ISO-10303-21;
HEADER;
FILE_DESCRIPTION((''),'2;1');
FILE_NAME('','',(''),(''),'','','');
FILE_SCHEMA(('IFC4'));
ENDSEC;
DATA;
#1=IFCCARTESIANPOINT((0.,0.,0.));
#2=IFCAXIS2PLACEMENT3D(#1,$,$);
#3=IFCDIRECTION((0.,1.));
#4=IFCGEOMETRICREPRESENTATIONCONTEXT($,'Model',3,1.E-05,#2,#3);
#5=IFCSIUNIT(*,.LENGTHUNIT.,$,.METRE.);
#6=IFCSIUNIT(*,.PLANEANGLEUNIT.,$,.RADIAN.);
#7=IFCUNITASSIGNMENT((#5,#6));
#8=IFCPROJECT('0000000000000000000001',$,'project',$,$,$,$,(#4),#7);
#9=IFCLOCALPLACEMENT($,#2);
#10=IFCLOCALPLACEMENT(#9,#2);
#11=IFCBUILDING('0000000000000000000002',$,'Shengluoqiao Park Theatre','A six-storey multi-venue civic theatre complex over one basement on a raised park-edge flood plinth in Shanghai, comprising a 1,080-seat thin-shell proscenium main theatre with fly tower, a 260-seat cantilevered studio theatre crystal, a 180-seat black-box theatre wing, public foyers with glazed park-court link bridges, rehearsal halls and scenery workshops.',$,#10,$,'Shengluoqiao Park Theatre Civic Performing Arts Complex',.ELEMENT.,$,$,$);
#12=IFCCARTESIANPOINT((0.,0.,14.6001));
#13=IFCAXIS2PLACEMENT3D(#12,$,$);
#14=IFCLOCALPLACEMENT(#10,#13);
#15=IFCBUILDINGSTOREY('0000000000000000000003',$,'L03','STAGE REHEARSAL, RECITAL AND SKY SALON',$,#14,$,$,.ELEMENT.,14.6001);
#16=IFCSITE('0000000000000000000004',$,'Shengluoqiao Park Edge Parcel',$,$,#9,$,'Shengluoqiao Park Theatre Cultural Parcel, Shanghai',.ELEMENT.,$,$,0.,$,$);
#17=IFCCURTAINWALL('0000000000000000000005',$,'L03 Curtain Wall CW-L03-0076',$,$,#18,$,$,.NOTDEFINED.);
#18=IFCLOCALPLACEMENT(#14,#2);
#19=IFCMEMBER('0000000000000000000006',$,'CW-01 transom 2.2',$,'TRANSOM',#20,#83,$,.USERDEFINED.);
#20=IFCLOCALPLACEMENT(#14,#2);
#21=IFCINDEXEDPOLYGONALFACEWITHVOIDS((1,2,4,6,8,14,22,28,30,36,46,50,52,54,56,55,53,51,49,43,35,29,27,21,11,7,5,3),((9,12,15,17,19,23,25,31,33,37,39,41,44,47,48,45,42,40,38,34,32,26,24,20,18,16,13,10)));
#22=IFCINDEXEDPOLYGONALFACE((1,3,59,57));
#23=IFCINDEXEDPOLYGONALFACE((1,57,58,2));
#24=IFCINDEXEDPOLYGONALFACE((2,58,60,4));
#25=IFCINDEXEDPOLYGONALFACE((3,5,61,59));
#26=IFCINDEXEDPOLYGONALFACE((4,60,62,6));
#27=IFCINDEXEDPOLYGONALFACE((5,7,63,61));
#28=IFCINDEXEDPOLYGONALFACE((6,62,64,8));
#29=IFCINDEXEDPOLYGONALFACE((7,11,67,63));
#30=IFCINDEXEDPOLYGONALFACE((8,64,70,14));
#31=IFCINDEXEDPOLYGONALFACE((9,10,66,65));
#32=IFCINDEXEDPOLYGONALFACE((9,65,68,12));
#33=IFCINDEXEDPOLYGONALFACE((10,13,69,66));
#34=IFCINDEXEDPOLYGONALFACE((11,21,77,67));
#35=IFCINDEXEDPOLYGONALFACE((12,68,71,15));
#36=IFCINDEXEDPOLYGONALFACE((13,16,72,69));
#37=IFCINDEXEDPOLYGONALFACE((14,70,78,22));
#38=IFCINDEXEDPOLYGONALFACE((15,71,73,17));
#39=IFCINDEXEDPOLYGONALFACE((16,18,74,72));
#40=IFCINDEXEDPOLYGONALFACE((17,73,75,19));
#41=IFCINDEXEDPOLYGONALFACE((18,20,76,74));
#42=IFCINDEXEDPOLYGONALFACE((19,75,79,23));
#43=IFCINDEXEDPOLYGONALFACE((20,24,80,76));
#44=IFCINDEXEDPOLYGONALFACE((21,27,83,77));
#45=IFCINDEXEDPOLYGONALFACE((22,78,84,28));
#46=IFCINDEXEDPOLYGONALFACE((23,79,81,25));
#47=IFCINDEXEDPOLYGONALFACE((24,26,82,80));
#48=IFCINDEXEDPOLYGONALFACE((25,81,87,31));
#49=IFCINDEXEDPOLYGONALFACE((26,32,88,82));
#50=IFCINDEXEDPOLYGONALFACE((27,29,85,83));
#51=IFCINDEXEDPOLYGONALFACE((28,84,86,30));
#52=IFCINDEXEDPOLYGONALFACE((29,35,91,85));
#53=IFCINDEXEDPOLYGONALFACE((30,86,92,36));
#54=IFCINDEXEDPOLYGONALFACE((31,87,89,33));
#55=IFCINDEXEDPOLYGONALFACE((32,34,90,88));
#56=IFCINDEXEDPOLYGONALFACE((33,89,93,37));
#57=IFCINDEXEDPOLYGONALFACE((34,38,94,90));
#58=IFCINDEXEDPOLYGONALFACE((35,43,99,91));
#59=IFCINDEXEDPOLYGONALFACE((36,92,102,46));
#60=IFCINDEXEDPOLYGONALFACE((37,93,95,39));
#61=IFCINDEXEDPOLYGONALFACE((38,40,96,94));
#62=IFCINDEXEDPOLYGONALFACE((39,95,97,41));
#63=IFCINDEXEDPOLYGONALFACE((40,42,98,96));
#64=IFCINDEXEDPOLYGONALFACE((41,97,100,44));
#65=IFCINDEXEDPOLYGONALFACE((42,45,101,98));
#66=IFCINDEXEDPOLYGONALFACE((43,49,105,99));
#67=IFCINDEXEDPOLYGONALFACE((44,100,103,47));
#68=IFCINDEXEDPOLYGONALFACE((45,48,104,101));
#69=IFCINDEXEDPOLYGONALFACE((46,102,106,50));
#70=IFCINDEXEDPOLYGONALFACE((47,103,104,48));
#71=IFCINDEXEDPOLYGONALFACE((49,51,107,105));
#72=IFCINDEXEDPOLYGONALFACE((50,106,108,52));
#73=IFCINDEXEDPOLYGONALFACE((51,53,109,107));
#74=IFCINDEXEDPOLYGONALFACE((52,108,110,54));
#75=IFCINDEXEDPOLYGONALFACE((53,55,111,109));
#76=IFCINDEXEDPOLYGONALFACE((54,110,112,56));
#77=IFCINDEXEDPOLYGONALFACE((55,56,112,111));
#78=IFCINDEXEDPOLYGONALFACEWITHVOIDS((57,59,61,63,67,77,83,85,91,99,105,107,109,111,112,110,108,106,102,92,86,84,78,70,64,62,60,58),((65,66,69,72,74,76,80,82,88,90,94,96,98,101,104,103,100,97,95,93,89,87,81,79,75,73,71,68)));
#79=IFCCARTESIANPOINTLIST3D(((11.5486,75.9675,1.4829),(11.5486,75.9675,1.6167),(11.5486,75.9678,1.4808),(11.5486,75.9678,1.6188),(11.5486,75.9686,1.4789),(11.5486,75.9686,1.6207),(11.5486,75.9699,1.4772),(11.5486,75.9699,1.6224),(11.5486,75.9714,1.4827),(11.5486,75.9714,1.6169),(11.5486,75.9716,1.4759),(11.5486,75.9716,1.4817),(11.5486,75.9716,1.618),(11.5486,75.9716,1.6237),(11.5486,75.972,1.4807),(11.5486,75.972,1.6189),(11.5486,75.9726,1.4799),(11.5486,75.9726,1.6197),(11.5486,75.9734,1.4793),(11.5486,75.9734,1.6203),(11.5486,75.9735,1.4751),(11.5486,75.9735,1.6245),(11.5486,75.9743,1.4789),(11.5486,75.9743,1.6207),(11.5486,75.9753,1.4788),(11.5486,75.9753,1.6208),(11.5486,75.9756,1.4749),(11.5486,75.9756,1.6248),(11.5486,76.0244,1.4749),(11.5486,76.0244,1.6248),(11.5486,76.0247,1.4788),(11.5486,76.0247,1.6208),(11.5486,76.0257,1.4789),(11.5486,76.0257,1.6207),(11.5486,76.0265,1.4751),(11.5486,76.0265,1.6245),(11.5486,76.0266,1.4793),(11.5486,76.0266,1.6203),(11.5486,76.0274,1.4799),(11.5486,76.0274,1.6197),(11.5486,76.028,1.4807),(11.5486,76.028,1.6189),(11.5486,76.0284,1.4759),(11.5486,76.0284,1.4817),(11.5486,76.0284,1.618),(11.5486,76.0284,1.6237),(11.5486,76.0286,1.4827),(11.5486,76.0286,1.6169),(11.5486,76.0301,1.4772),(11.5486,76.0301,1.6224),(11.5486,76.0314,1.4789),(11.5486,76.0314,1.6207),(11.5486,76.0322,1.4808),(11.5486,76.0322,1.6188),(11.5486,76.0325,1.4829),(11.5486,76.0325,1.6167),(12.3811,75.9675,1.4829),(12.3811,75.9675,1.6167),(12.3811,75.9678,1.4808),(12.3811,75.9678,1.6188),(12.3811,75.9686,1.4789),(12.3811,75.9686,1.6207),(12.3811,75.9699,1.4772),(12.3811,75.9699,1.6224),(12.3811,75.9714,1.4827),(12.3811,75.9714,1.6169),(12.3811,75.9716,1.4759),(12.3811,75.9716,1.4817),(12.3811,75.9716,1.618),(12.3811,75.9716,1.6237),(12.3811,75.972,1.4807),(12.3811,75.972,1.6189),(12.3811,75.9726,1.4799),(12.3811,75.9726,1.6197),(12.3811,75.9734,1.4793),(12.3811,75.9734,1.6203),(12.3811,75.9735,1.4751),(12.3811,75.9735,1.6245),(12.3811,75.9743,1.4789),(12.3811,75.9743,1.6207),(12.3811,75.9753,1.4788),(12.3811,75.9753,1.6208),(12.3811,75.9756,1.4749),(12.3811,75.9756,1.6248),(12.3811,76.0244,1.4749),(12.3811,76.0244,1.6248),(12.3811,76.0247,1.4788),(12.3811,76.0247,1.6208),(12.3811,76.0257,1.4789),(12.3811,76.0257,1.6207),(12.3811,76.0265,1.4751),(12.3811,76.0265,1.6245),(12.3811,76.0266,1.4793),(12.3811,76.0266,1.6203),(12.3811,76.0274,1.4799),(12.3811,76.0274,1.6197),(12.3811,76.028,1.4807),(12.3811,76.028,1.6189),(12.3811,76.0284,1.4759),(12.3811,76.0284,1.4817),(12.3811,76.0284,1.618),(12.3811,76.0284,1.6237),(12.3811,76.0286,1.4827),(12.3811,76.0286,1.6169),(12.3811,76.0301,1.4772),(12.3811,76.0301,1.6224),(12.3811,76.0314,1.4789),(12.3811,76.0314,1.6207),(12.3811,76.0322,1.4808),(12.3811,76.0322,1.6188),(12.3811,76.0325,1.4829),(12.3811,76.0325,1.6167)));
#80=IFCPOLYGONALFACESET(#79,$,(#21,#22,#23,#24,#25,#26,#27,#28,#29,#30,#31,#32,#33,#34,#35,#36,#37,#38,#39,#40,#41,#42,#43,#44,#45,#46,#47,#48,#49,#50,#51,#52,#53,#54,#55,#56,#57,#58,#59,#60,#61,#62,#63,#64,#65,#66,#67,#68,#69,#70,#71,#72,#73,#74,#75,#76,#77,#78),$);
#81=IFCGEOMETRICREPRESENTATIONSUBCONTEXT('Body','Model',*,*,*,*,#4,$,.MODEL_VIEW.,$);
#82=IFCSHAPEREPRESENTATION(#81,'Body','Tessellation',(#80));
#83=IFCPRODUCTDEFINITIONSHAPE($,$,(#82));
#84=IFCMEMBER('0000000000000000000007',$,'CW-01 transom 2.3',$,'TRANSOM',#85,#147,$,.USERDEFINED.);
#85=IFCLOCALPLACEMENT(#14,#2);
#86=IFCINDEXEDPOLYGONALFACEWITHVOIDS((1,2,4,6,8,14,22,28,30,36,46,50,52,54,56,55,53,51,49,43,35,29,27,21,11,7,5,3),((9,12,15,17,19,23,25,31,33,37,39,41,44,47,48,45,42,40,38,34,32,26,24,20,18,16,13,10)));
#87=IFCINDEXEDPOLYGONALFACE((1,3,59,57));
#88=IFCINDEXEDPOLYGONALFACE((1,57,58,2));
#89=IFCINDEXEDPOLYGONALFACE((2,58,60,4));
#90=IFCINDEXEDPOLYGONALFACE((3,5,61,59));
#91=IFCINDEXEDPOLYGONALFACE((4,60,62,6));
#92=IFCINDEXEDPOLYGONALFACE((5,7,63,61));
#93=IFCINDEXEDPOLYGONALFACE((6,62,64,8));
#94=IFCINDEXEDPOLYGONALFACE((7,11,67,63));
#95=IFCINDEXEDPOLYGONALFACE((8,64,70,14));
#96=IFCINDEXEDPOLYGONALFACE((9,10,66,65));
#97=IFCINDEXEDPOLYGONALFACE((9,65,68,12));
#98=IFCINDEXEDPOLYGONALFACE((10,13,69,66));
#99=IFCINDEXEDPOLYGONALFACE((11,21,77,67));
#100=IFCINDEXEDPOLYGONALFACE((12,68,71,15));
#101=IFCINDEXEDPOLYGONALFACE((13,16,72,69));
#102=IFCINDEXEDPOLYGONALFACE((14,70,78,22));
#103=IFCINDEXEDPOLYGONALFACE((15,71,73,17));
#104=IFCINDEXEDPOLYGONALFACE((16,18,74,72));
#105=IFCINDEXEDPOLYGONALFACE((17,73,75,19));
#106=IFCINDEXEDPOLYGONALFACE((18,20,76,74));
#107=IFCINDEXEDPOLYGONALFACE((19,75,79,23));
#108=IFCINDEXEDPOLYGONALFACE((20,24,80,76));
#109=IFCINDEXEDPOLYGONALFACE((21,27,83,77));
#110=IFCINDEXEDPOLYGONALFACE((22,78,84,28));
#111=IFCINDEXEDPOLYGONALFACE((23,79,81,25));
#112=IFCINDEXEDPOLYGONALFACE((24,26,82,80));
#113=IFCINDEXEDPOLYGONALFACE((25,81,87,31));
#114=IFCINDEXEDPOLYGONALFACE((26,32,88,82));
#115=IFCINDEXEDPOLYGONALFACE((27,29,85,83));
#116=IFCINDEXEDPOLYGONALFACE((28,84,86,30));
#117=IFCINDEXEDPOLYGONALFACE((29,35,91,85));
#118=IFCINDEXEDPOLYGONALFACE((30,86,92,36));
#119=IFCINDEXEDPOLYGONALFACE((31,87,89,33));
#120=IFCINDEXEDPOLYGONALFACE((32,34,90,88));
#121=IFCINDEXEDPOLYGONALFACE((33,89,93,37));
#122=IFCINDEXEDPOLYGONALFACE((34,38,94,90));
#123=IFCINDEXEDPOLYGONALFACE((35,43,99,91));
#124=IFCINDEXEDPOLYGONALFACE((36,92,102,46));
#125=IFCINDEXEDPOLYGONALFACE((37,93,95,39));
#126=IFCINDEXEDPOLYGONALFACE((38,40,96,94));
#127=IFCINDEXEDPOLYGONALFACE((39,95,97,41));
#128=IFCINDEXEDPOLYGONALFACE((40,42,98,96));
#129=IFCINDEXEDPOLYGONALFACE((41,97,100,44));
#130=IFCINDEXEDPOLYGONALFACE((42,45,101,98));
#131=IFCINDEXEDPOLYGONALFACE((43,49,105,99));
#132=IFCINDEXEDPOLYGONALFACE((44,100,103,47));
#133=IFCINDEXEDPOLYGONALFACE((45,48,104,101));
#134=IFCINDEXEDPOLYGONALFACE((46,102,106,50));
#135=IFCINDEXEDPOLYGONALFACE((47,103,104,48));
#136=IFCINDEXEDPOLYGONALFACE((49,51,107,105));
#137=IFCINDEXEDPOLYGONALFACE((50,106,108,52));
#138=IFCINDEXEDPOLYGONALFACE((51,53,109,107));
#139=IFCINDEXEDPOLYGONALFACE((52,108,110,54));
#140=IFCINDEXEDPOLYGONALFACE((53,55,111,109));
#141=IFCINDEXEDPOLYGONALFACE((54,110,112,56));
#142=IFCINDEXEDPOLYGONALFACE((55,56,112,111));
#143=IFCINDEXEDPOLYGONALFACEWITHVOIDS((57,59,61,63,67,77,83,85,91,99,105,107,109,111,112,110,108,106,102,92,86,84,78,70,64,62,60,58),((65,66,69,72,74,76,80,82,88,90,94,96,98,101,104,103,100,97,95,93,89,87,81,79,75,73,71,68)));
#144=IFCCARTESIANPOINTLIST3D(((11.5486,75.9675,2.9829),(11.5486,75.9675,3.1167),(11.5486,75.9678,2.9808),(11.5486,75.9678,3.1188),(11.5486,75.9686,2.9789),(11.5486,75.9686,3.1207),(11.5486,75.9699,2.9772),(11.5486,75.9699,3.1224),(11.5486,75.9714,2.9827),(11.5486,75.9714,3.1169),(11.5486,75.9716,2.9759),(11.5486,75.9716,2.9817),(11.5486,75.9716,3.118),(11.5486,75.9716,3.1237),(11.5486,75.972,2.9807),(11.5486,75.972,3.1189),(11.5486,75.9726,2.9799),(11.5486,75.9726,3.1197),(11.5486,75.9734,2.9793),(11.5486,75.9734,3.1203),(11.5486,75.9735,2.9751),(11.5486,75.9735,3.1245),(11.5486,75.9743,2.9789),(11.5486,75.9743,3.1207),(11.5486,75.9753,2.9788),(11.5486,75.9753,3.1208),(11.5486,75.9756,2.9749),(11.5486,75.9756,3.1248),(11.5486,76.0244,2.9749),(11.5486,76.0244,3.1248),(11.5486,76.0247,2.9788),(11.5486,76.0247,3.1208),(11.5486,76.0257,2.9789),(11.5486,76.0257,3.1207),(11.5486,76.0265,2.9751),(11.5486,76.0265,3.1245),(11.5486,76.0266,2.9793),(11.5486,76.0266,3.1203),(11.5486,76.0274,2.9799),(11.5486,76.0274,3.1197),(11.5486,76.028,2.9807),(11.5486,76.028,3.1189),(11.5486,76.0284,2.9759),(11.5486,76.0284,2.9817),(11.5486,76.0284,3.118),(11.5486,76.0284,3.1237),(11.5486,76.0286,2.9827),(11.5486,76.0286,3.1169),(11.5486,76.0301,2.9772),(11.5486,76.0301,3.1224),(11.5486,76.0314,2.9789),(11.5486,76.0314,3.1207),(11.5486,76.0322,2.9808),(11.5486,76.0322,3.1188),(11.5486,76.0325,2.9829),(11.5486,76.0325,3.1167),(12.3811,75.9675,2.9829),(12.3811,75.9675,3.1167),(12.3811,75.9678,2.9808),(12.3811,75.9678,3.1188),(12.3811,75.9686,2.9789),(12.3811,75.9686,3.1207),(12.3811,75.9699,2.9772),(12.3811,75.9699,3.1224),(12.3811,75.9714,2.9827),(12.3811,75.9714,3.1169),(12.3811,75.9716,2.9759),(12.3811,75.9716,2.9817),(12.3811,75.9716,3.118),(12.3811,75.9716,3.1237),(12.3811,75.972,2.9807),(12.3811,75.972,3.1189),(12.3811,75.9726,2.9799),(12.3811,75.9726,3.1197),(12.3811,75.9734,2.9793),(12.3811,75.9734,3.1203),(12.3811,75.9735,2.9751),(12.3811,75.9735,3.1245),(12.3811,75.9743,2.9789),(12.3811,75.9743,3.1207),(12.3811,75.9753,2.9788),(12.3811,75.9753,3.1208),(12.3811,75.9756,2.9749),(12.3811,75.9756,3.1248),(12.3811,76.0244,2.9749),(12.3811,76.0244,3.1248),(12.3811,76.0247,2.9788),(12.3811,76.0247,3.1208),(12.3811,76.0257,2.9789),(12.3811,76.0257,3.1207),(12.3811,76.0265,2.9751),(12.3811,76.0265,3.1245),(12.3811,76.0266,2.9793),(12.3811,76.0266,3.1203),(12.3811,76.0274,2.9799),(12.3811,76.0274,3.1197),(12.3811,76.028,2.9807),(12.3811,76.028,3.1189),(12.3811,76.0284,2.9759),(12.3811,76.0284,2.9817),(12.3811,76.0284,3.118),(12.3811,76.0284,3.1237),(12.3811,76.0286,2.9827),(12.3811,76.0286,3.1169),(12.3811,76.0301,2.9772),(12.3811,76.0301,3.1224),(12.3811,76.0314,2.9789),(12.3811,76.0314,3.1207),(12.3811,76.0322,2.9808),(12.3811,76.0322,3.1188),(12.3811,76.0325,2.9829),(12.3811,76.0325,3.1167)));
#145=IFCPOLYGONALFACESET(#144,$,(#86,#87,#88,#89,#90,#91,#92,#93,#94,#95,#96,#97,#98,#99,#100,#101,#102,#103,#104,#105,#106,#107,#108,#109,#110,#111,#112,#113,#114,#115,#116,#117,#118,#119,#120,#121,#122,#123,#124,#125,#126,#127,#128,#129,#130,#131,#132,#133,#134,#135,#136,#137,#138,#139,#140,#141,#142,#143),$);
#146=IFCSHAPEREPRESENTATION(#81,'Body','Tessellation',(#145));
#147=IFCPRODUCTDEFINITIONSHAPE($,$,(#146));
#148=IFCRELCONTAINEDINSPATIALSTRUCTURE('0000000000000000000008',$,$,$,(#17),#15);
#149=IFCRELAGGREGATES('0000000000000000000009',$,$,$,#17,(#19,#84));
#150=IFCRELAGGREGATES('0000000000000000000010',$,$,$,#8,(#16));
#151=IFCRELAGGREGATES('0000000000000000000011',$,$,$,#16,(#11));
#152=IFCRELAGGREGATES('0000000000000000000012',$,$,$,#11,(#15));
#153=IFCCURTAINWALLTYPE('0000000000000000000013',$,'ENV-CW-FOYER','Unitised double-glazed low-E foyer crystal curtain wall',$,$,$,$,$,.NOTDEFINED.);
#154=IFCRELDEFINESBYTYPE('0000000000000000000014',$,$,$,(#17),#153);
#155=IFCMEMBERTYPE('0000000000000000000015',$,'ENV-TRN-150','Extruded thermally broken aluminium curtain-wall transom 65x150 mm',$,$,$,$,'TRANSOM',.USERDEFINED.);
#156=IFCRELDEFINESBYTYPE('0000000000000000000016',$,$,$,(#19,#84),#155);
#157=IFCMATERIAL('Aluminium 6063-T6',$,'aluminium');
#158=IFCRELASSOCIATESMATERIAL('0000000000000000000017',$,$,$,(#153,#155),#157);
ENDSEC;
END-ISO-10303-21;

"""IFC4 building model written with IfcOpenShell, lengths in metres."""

from ifc_helpers import new_model, si_unit, direction, frame, origin, origin_2d, place, context, subcontext, project, spatial, hollow_rectangle, extrude, material, material_profile, profile_set, type_object, element, aggregate, save


model = new_model("IFC4")

# Units and contexts
model_context = context("Model", 3, precision=1e-05, world=origin(), true_north=direction((0.0, 1.0)))
body_context = subcontext(model_context, "Body", "Model", "MODEL_VIEW")
ifc_project = project(units=[si_unit("LENGTHUNIT", "METRE"), si_unit("PLANEANGLEUNIT", "RADIAN")], contexts=[model_context])

# Site, building, storey
site_placement = place(None, origin())
site = spatial("IfcSite", under=ifc_project, at=site_placement, Name="Shengluoqiao Park Edge Parcel", LongName="Shengluoqiao Park Theatre Cultural Parcel, Shanghai", CompositionType="ELEMENT", RefElevation=0.0)
building_placement = place(site_placement, origin())
building = spatial("IfcBuilding", under=site, at=building_placement, Name="Shengluoqiao Park Theatre", Description="A six-storey multi-venue civic theatre complex over one basement on a raised park-edge flood plinth in Shanghai, comprising a 1,080-seat thin-shell proscenium main theatre with fly tower, a 260-seat cantilevered studio theatre crystal, a 180-seat black-box theatre wing, public foyers with glazed park-court link bridges, rehearsal halls and scenery workshops.", LongName="Shengluoqiao Park Theatre Civic Performing Arts Complex", CompositionType="ELEMENT")
storey_placement = place(building_placement, frame((0.0, 0.0, 14.6001)))
storey = spatial("IfcBuildingStorey", under=building, at=storey_placement, Name="L03", Description="STAGE REHEARSAL, RECITAL AND SKY SALON", CompositionType="ELEMENT", Elevation=14.6001)

# Curtain wall
ifc_material_1 = material(Name="Aluminium 6063-T6", Category="aluminium")
curtain_wall_type = type_object("IfcCurtainWallType", Name="ENV-CW-FOYER", Description="Unitised double-glazed low-E foyer crystal curtain wall", PredefinedType="NOTDEFINED", material=ifc_material_1)
curtain_wall_1_placement = place(storey_placement, origin())
curtain_wall_1 = element("IfcCurtainWall", 1, at=curtain_wall_1_placement, inside=storey, type_object=curtain_wall_type, Name="L03 Curtain Wall CW-L03-0076", PredefinedType="NOTDEFINED")

# Members
ifc_material_profile_1 = material_profile(ifc_material_1, hollow_rectangle(XDim=0.0649, YDim=0.1499, WallThickness=0.0039, InnerFilletRadius=0.0039, OuterFilletRadius=0.0081, at=origin_2d()), Name="ALU TRANSOM 150x65x4")
ifc_profile_set_1 = profile_set([ifc_material_profile_1], Name="Aluminium 6063-T6")
member_type_1 = type_object("IfcMemberType", Name="ENV-TRN-150", Description="Extruded thermally broken aluminium curtain-wall transom 65x150 mm", ElementType="TRANSOM", PredefinedType="USERDEFINED", material=ifc_profile_set_1)
member_1_placement = place(storey_placement, frame((11.5486, 76.0, 1.5498), z_axis=(1.0, 0.0, 0.0), x_axis=(0.0, 1.0, 0.0)))
member_1 = element("IfcMember", 2, at=member_1_placement, type_object=member_type_1, Name="CW-01 transom 2.2", ObjectType="TRANSOM", PredefinedType="USERDEFINED", context=body_context, shape_type="SweptSolid", body=[
    extrude(hollow_rectangle(XDim=0.0649, YDim=0.1499, WallThickness=0.0039, InnerFilletRadius=0.0039, OuterFilletRadius=0.0081, at=origin_2d()), origin(), (0.0, 0.0, 1.0), 0.8325),
])
member_2_placement = place(storey_placement, frame((11.5486, 76.0, 3.0498), z_axis=(1.0, 0.0, 0.0), x_axis=(0.0, 1.0, 0.0)))
member_2 = element("IfcMember", 3, at=member_2_placement, type_object=member_type_1, Name="CW-01 transom 2.3", ObjectType="TRANSOM", PredefinedType="USERDEFINED", context=body_context, shape_type="SweptSolid", body=[
    extrude(hollow_rectangle(XDim=0.0649, YDim=0.1499, WallThickness=0.0039, InnerFilletRadius=0.0039, OuterFilletRadius=0.0081, at=origin_2d()), origin(), (0.0, 0.0, 1.0), 0.8325),
])

aggregate(curtain_wall_1, [member_1, member_2])

save(model, "model.ifc")
